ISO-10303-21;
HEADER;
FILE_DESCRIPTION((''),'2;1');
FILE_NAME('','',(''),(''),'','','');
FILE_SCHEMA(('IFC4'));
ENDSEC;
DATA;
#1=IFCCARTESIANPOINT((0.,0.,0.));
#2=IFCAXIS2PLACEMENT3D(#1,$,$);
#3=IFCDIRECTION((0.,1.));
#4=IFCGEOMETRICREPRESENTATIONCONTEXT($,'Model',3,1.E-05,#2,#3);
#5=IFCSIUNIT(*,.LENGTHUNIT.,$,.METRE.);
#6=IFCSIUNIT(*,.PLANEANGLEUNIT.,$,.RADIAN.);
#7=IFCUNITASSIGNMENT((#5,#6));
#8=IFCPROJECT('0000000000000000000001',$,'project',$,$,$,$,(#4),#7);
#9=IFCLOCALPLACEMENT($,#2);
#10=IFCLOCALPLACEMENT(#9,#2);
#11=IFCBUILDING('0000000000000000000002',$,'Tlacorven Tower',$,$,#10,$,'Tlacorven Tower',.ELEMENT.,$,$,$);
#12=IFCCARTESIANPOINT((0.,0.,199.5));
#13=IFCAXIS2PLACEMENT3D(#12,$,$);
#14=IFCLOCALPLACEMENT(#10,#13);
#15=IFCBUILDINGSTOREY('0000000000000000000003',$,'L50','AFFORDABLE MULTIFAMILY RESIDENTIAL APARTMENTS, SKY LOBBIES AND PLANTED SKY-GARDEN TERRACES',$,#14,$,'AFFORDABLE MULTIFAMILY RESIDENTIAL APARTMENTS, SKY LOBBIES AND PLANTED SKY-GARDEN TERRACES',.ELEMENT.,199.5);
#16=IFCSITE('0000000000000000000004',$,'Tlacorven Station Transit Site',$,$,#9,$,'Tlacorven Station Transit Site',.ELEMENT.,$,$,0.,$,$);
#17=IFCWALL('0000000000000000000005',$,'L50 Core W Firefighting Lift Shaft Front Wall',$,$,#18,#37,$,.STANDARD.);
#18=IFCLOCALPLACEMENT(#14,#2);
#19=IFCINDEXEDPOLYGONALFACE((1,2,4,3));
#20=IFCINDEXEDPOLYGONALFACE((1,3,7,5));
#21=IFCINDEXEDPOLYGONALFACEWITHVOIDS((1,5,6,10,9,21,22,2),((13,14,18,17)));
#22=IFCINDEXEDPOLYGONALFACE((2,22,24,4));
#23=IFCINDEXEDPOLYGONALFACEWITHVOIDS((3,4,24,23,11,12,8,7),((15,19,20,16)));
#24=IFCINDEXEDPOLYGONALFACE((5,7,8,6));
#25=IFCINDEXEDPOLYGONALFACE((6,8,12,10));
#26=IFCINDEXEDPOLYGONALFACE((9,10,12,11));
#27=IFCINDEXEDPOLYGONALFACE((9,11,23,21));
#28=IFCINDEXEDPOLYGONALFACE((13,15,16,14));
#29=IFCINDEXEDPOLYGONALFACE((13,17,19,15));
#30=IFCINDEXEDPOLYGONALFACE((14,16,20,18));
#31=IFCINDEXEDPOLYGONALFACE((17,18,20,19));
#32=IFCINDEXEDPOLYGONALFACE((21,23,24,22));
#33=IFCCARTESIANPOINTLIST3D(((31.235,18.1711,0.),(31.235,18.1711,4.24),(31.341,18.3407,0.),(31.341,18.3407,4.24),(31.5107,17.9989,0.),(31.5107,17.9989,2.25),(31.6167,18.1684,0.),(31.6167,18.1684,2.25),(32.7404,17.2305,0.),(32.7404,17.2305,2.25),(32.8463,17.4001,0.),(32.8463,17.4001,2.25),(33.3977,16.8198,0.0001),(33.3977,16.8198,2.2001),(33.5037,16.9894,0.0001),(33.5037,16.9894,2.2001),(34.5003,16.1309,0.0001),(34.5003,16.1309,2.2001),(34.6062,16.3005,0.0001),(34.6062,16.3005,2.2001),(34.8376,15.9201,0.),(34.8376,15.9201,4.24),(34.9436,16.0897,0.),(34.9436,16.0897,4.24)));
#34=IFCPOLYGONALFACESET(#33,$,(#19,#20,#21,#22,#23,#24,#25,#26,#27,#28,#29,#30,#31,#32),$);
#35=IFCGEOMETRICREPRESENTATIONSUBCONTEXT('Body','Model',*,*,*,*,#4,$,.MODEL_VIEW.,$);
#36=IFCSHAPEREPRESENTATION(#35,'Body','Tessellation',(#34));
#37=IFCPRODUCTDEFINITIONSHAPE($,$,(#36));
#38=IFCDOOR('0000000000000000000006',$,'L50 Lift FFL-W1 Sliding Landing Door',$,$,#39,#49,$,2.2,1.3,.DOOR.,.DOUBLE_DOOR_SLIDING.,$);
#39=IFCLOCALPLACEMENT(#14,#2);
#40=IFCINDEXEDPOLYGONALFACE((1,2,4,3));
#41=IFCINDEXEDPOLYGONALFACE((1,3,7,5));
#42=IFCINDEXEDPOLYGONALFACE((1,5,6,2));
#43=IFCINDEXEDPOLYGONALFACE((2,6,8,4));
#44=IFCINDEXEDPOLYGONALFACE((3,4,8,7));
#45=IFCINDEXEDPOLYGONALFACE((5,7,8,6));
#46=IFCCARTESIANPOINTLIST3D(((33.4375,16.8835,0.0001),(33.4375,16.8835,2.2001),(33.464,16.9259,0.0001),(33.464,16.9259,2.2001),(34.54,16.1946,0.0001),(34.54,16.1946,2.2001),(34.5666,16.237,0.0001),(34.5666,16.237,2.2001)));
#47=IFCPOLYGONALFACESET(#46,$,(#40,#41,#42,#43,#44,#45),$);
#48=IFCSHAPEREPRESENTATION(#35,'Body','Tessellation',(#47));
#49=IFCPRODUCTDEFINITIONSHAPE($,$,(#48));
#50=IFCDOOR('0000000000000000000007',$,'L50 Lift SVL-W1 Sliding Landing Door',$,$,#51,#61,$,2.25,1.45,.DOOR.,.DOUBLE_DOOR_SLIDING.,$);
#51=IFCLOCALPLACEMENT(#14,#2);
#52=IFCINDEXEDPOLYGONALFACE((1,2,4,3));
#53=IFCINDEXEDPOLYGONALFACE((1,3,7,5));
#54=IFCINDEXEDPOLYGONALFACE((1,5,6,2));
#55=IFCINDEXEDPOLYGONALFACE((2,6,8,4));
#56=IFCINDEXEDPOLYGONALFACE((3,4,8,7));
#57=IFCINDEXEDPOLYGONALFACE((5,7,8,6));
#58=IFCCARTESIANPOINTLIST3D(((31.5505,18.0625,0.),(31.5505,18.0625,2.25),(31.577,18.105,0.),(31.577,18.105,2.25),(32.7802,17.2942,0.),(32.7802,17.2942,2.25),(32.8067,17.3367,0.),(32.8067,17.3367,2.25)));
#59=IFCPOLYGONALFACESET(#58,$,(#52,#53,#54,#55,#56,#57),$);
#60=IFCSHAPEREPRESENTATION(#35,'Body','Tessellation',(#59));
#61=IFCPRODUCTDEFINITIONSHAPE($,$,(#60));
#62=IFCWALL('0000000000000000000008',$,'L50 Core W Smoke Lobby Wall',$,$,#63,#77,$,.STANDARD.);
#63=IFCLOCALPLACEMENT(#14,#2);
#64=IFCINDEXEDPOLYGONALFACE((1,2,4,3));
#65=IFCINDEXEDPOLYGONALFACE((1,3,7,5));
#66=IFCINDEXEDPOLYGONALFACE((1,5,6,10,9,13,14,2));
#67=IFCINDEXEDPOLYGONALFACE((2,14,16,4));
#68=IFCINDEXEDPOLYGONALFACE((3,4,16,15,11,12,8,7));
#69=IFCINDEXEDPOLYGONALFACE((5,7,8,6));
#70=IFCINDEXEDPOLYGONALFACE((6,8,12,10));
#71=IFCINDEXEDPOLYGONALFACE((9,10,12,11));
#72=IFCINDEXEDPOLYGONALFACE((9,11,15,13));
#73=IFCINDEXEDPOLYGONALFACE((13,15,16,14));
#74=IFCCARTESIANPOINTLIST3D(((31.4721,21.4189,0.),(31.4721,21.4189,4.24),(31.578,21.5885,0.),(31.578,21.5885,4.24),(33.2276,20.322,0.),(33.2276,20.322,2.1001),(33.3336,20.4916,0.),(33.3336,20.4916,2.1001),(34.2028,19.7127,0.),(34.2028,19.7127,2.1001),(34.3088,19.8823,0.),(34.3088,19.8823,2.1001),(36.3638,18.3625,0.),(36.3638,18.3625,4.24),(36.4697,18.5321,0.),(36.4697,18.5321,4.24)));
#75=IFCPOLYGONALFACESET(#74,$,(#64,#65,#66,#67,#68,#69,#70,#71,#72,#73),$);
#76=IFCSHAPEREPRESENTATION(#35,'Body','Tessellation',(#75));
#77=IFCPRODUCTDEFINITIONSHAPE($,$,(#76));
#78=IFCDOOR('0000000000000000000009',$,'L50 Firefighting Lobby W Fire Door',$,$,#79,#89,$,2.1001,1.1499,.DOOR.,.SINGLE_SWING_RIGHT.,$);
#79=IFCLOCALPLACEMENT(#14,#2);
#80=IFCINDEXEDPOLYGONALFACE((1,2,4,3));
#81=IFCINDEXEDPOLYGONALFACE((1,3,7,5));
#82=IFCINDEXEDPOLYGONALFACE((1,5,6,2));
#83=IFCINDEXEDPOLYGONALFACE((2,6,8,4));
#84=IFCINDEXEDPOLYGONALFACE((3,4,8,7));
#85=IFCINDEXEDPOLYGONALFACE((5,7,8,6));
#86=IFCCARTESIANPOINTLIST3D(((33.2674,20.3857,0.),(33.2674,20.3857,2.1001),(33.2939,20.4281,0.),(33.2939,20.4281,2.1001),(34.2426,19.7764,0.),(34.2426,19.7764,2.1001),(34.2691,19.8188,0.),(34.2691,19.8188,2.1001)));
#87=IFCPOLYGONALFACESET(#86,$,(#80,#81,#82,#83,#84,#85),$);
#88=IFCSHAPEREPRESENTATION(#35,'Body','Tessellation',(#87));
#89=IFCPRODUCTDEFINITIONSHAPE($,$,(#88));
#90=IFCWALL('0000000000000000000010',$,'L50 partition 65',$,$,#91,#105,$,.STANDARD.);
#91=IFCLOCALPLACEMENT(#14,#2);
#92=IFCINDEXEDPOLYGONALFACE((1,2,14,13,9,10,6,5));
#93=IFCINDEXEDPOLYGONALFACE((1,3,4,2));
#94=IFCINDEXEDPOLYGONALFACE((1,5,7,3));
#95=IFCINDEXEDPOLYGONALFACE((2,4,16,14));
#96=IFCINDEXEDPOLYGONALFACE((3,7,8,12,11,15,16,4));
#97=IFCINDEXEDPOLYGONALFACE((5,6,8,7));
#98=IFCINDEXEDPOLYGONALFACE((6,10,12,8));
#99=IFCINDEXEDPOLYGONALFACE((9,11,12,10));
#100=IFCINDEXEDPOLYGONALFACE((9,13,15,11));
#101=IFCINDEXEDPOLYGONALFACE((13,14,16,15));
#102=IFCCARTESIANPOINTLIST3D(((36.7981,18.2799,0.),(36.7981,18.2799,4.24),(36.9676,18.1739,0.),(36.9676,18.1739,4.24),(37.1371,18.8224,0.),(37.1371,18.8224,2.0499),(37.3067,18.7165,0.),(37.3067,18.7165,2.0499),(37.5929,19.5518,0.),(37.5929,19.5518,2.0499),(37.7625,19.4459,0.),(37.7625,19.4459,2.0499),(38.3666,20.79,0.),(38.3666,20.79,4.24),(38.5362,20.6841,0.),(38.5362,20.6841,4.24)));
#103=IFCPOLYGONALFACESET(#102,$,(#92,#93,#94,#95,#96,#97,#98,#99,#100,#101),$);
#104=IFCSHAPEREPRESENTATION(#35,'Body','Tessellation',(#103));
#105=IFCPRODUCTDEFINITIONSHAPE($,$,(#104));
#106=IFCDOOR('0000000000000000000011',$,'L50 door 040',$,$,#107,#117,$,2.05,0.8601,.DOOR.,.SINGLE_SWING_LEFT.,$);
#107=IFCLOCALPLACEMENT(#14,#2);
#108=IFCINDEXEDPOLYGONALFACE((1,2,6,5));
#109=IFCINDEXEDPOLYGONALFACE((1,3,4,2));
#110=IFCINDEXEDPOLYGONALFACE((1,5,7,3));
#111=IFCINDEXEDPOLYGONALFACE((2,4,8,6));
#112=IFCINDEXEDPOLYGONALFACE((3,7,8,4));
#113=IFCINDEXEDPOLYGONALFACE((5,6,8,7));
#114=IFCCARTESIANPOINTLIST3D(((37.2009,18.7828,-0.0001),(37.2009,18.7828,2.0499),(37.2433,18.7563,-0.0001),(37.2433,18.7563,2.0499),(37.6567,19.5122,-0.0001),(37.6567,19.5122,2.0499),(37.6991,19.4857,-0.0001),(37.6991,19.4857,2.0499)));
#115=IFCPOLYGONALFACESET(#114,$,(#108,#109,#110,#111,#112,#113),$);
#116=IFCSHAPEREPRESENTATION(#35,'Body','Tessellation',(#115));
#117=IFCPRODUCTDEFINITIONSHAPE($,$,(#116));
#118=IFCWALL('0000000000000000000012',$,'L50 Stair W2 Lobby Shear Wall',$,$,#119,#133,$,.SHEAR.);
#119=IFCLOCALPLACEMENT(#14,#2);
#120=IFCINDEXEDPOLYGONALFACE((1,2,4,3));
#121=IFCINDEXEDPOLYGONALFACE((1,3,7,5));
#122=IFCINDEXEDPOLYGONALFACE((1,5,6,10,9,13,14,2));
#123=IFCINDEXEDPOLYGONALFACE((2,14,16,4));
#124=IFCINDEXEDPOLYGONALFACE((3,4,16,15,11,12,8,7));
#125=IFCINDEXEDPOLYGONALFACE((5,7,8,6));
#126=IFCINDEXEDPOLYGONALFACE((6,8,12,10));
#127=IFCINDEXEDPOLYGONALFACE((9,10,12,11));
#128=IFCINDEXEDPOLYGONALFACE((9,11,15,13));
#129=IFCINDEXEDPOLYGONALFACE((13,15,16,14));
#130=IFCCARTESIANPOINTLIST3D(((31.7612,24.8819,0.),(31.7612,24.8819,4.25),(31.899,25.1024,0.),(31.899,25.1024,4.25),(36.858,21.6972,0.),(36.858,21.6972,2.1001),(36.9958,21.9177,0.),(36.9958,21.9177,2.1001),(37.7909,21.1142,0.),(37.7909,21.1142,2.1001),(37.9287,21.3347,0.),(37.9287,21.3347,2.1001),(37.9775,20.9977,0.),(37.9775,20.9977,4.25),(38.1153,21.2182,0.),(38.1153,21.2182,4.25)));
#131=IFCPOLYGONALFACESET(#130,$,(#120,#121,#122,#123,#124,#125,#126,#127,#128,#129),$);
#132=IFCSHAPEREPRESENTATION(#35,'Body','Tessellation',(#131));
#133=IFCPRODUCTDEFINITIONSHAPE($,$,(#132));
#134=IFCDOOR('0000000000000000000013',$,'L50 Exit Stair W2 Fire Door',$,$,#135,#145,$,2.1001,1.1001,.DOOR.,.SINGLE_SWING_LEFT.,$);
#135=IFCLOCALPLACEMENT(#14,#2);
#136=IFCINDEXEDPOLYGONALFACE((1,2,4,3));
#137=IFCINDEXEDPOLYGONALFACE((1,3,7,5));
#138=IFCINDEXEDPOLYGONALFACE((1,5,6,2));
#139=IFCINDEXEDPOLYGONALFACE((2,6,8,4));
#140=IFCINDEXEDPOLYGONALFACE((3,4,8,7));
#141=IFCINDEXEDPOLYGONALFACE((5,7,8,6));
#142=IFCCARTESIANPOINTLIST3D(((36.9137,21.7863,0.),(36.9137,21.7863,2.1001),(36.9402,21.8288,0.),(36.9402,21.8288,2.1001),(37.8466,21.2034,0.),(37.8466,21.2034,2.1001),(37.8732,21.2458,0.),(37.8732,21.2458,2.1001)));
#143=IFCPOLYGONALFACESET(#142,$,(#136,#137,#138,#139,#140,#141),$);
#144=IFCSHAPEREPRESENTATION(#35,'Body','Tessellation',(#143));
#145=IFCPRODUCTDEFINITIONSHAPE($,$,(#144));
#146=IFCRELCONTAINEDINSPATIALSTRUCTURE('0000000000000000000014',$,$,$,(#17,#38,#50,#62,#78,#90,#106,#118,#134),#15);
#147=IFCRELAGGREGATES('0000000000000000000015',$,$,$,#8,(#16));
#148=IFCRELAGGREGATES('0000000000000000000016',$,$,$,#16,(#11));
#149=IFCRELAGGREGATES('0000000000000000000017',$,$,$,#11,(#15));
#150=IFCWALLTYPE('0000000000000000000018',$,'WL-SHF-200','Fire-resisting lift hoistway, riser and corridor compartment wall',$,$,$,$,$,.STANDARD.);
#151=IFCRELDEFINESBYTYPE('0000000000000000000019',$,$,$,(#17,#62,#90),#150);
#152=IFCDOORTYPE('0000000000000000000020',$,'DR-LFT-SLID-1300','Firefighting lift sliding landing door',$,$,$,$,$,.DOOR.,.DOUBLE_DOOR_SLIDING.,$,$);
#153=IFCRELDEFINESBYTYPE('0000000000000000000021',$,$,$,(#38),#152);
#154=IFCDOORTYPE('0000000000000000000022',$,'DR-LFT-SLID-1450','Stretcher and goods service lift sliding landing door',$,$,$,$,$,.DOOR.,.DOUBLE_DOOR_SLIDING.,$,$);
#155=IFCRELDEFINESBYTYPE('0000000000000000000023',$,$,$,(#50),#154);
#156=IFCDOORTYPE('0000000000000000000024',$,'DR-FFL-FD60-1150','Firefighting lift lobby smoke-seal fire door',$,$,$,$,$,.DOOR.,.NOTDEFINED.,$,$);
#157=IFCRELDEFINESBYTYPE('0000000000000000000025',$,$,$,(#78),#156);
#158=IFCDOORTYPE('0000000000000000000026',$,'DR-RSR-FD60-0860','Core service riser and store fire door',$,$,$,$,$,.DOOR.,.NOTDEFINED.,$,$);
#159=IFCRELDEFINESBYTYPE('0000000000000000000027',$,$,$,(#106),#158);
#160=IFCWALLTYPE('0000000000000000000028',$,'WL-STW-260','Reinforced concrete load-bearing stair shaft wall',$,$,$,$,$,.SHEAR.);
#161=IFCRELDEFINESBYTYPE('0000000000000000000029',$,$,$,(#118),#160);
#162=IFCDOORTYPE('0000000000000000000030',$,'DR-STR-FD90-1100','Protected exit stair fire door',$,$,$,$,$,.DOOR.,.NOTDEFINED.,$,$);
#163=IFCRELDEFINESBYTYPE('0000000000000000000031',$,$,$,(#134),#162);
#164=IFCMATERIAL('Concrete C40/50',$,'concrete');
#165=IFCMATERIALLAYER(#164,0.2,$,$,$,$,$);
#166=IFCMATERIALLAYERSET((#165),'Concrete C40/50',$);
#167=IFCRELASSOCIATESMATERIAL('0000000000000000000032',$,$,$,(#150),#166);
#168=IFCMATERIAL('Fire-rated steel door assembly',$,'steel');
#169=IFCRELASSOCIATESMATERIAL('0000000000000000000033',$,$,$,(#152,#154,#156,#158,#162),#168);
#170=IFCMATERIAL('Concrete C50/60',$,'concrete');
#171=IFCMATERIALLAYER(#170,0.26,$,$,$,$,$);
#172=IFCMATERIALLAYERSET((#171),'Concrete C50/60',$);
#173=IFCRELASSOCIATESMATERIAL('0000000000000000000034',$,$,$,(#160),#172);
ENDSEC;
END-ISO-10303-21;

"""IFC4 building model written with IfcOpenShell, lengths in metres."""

from ifc_helpers import new_model, si_unit, direction, frame, frame_2d, origin, place, context, subcontext, project, spatial, rectangle, extrude, source, transform, mapped, material, layer, layer_set, type_object, element, fill, save


model = new_model("IFC4")

# Units and contexts
model_context = context("Model", 3, precision=1e-05, world=origin(), true_north=direction((0.0, 1.0)))
body_context = subcontext(model_context, "Body", "Model", "MODEL_VIEW")
ifc_project = project(units=[si_unit("LENGTHUNIT", "METRE"), si_unit("PLANEANGLEUNIT", "RADIAN")], contexts=[model_context])

# Site, building, storey
site_placement = place(None, origin())
site = spatial("IfcSite", under=ifc_project, at=site_placement, Name="Tlacorven Station Transit Site", LongName="Tlacorven Station Transit Site", CompositionType="ELEMENT", RefElevation=0.0)
building_placement = place(site_placement, origin())
building = spatial("IfcBuilding", under=site, at=building_placement, Name="Tlacorven Tower", LongName="Tlacorven Tower", CompositionType="ELEMENT")
storey_placement = place(building_placement, frame((0.0, 0.0, 199.5)))
storey = spatial("IfcBuildingStorey", under=building, at=storey_placement, Name="L50", Description="AFFORDABLE MULTIFAMILY RESIDENTIAL APARTMENTS, SKY LOBBIES AND PLANTED SKY-GARDEN TERRACES", LongName="AFFORDABLE MULTIFAMILY RESIDENTIAL APARTMENTS, SKY LOBBIES AND PLANTED SKY-GARDEN TERRACES", CompositionType="ELEMENT", Elevation=199.5)

# Shared definitions
ifc_material_1 = material(Name="Fire-rated steel door assembly", Category="steel")

# Wall, openings, doors
ifc_material_2 = material(Name="Concrete C40/50", Category="concrete")
ifc_layer_1 = layer(ifc_material_2, 0.2)
ifc_layer_set_1 = layer_set([ifc_layer_1], Name="Concrete C40/50")
wall_type_1 = type_object("IfcWallType", Name="WL-SHF-200", Description="Fire-resisting lift hoistway, riser and corridor compartment wall", PredefinedType="STANDARD", material=ifc_layer_set_1)
wall_1_placement = place(storey_placement, frame((34.8906, 16.0049, 0.0), z_axis=(0.0, 0.0, 1.0), x_axis=(-0.848063, 0.529896, 0.0)))
wall_1 = element("IfcWall", 1, at=wall_1_placement, inside=storey, type_object=wall_type_1, Name="L50 Core W Firefighting Lift Shaft Front Wall", PredefinedType="STANDARD", context=body_context, shape_type="SweptSolid", body=[
    extrude(rectangle(XDim=4.248, YDim=0.2, at=frame_2d((2.124, 0.0))), origin(), (0.0, 0.0, 1.0), 4.24),
])
opening_1_placement = place(wall_1_placement, frame((0.3979, 0.0, 0.0)))
opening_1 = element("IfcOpeningElement", 2, at=opening_1_placement, cuts=wall_1, PredefinedType="OPENING", context=body_context, shape_type="SweptSolid", body=[
    extrude(rectangle(XDim=1.3, YDim=2.2, at=frame_2d((0.6499, 1.1001))), frame((0.0, 0.1099, 0.0), z_axis=(0.0, -1.0, 0.0), x_axis=(1.0, 0.0, 0.0)), (0.0, 0.0, 1.0), 0.22),
])
opening_2_placement = place(wall_1_placement, frame((2.4729, 0.0, 0.0)))
opening_2 = element("IfcOpeningElement", 3, at=opening_2_placement, cuts=wall_1, PredefinedType="OPENING", context=body_context, shape_type="SweptSolid", body=[
    extrude(rectangle(XDim=1.45, YDim=2.25, at=frame_2d((0.7251, 1.125))), frame((0.0, 0.1099, 0.0), z_axis=(0.0, -1.0, 0.0), x_axis=(1.0, 0.0, 0.0)), (0.0, 0.0, 1.0), 0.22),
])
door_type_1 = type_object("IfcDoorType", Name="DR-LFT-SLID-1300", Description="Firefighting lift sliding landing door", OperationType="DOUBLE_DOOR_SLIDING", PredefinedType="DOOR", material=ifc_material_1)
shared_shape_1 = source(origin(), body_context, "Body", "SweptSolid", [
    extrude(rectangle(XDim=1.3, YDim=2.2, at=frame_2d((0.6499, 1.1001))), frame((0.0, 0.0249, 0.0), z_axis=(0.0, -1.0, 0.0), x_axis=(1.0, 0.0, 0.0)), (0.0, 0.0, 1.0), 0.05),
])
door_1_placement = place(opening_1_placement, origin())
door_1 = element("IfcDoor", 4, at=door_1_placement, inside=storey, type_object=door_type_1, Name="L50 Lift FFL-W1 Sliding Landing Door", OperationType="DOUBLE_DOOR_SLIDING", OverallHeight=2.2, OverallWidth=1.3, PredefinedType="DOOR", context=body_context, shape_type="MappedRepresentation", body=[
    mapped(shared_shape_1, transform((0.0, 0.0, 0.0), scale=1.0)),
])
fill(opening_1, door_1)
door_type_2 = type_object("IfcDoorType", Name="DR-LFT-SLID-1450", Description="Stretcher and goods service lift sliding landing door", OperationType="DOUBLE_DOOR_SLIDING", PredefinedType="DOOR", material=ifc_material_1)
shared_shape_2 = source(origin(), body_context, "Body", "SweptSolid", [
    extrude(rectangle(XDim=1.45, YDim=2.25, at=frame_2d((0.7251, 1.125))), frame((0.0, 0.0249, 0.0), z_axis=(0.0, -1.0, 0.0), x_axis=(1.0, 0.0, 0.0)), (0.0, 0.0, 1.0), 0.05),
])
door_2_placement = place(opening_2_placement, origin())
door_2 = element("IfcDoor", 5, at=door_2_placement, inside=storey, type_object=door_type_2, Name="L50 Lift SVL-W1 Sliding Landing Door", OperationType="DOUBLE_DOOR_SLIDING", OverallHeight=2.25, OverallWidth=1.45, PredefinedType="DOOR", context=body_context, shape_type="MappedRepresentation", body=[
    mapped(shared_shape_2, transform((0.0, 0.0, 0.0), scale=1.0)),
])
fill(opening_2, door_2)

# Walls, openings, doors
wall_2_placement = place(storey_placement, frame((36.4167, 18.4473, 0.0), z_axis=(0.0, 0.0, 1.0), x_axis=(-0.848065, 0.529892, 0.0)))
wall_2 = element("IfcWall", 6, at=wall_2_placement, inside=storey, type_object=wall_type_1, Name="L50 Core W Smoke Lobby Wall", PredefinedType="STANDARD", context=body_context, shape_type="SweptSolid", body=[
    extrude(rectangle(XDim=5.7681, YDim=0.2, at=frame_2d((2.884, 0.0))), origin(), (0.0, 0.0, 1.0), 4.24),
])
opening_3_placement = place(wall_2_placement, frame((2.5481, 0.0, 0.0)))
opening_3 = element("IfcOpeningElement", 7, at=opening_3_placement, cuts=wall_2, PredefinedType="OPENING", context=body_context, shape_type="SweptSolid", body=[
    extrude(rectangle(XDim=1.1499, YDim=2.1001, at=frame_2d((0.575, 1.05))), frame((0.0, 0.1099, 0.0), z_axis=(0.0, -1.0, 0.0), x_axis=(1.0, 0.0, 0.0)), (0.0, 0.0, 1.0), 0.22),
])
door_type_3 = type_object("IfcDoorType", Name="DR-FFL-FD60-1150", Description="Firefighting lift lobby smoke-seal fire door", OperationType="NOTDEFINED", PredefinedType="DOOR", material=ifc_material_1)
shared_shape_3 = source(origin(), body_context, "Body", "SweptSolid", [
    extrude(rectangle(XDim=1.1499, YDim=2.1001, at=frame_2d((0.575, 1.05))), frame((0.0, 0.0249, 0.0), z_axis=(0.0, -1.0, 0.0), x_axis=(1.0, 0.0, 0.0)), (0.0, 0.0, 1.0), 0.05),
])
door_3_placement = place(opening_3_placement, origin())
door_3 = element("IfcDoor", 8, at=door_3_placement, inside=storey, type_object=door_type_3, Name="L50 Firefighting Lobby W Fire Door", OperationType="SINGLE_SWING_RIGHT", OverallHeight=2.1001, OverallWidth=1.1499, PredefinedType="DOOR", context=body_context, shape_type="MappedRepresentation", body=[
    mapped(shared_shape_3, transform((0.0, 0.0, 0.0), scale=1.0)),
])
fill(opening_3, door_3)
wall_3_placement = place(storey_placement, frame((38.4514, 20.7371, 0.0), z_axis=(0.0, 0.0, 1.0), x_axis=(-0.529925, -0.848045, 0.0)))
wall_3 = element("IfcWall", 9, at=wall_3_placement, inside=storey, type_object=wall_type_1, Name="L50 partition 65", PredefinedType="STANDARD", context=body_context, shape_type="SweptSolid", body=[
    extrude(rectangle(XDim=2.96, YDim=0.2, at=frame_2d((1.48, 0.0))), origin(), (0.0, 0.0, 1.0), 4.24),
])
opening_4_placement = place(wall_3_placement, frame((1.46, 0.0, 0.0)))
opening_4 = element("IfcOpeningElement", 10, at=opening_4_placement, cuts=wall_3, PredefinedType="OPENING", context=body_context, shape_type="SweptSolid", body=[
    extrude(rectangle(XDim=0.8601, YDim=2.05, at=frame_2d((0.4302, 1.0249))), frame((0.0, 0.1099, 0.0), z_axis=(0.0, -1.0, 0.0), x_axis=(1.0, 0.0, 0.0)), (0.0, 0.0, 1.0), 0.22),
])
door_type_4 = type_object("IfcDoorType", Name="DR-RSR-FD60-0860", Description="Core service riser and store fire door", OperationType="NOTDEFINED", PredefinedType="DOOR", material=ifc_material_1)
shared_shape_4 = source(origin(), body_context, "Body", "SweptSolid", [
    extrude(rectangle(XDim=0.8601, YDim=2.05, at=frame_2d((0.4302, 1.0249))), frame((0.0, 0.0249, 0.0), z_axis=(0.0, -1.0, 0.0), x_axis=(1.0, 0.0, 0.0)), (0.0, 0.0, 1.0), 0.05),
])
door_4_placement = place(opening_4_placement, frame((0.8601, 0.0, 0.0), z_axis=(0.0, 0.0, 1.0), x_axis=(-1.0, 0.0, 0.0)))
door_4 = element("IfcDoor", 11, at=door_4_placement, inside=storey, type_object=door_type_4, Name="L50 door 040", OperationType="SINGLE_SWING_LEFT", OverallHeight=2.05, OverallWidth=0.8601, PredefinedType="DOOR", context=body_context, shape_type="MappedRepresentation", body=[
    mapped(shared_shape_4, transform((0.0, 0.0, 0.0), scale=1.0)),
])
fill(opening_4, door_4)
ifc_material_3 = material(Name="Concrete C50/60", Category="concrete")
ifc_layer_2 = layer(ifc_material_3, 0.26)
ifc_layer_set_2 = layer_set([ifc_layer_2], Name="Concrete C50/60")
wall_type_2 = type_object("IfcWallType", Name="WL-STW-260", Description="Reinforced concrete load-bearing stair shaft wall", PredefinedType="SHEAR", material=ifc_layer_set_2)
wall_4_placement = place(storey_placement, frame((38.0464, 21.1079, 0.0), z_axis=(0.0, 0.0, 1.0), x_axis=(-0.848054, 0.529909, 0.0)))
wall_4 = element("IfcWall", 12, at=wall_4_placement, inside=storey, type_object=wall_type_2, Name="L50 Stair W2 Lobby Shear Wall", PredefinedType="SHEAR", context=body_context, shape_type="SweptSolid", body=[
    extrude(rectangle(XDim=7.3301, YDim=0.26, at=frame_2d((3.665, 0.0))), origin(), (0.0, 0.0, 1.0), 4.25),
])
opening_5_placement = place(wall_4_placement, frame((0.22, 0.0, 0.0)))
opening_5 = element("IfcOpeningElement", 13, at=opening_5_placement, cuts=wall_4, PredefinedType="OPENING", context=body_context, shape_type="SweptSolid", body=[
    extrude(rectangle(XDim=1.1001, YDim=2.1001, at=frame_2d((0.55, 1.05))), frame((0.0, 0.1401, 0.0), z_axis=(0.0, -1.0, 0.0), x_axis=(1.0, 0.0, 0.0)), (0.0, 0.0, 1.0), 0.28),
])
door_type_5 = type_object("IfcDoorType", Name="DR-STR-FD90-1100", Description="Protected exit stair fire door", OperationType="NOTDEFINED", PredefinedType="DOOR", material=ifc_material_1)
shared_shape_5 = source(origin(), body_context, "Body", "SweptSolid", [
    extrude(rectangle(XDim=1.1001, YDim=2.1001, at=frame_2d((0.55, 1.05))), frame((0.0, 0.0249, 0.0), z_axis=(0.0, -1.0, 0.0), x_axis=(1.0, 0.0, 0.0)), (0.0, 0.0, 1.0), 0.05),
])
door_5_placement = place(opening_5_placement, origin())
door_5 = element("IfcDoor", 14, at=door_5_placement, inside=storey, type_object=door_type_5, Name="L50 Exit Stair W2 Fire Door", OperationType="SINGLE_SWING_LEFT", OverallHeight=2.1001, OverallWidth=1.1001, PredefinedType="DOOR", context=body_context, shape_type="MappedRepresentation", body=[
    mapped(shared_shape_5, transform((0.0, 0.0, 0.0), scale=1.0)),
])
fill(opening_5, door_5)

save(model, "model.ifc")
